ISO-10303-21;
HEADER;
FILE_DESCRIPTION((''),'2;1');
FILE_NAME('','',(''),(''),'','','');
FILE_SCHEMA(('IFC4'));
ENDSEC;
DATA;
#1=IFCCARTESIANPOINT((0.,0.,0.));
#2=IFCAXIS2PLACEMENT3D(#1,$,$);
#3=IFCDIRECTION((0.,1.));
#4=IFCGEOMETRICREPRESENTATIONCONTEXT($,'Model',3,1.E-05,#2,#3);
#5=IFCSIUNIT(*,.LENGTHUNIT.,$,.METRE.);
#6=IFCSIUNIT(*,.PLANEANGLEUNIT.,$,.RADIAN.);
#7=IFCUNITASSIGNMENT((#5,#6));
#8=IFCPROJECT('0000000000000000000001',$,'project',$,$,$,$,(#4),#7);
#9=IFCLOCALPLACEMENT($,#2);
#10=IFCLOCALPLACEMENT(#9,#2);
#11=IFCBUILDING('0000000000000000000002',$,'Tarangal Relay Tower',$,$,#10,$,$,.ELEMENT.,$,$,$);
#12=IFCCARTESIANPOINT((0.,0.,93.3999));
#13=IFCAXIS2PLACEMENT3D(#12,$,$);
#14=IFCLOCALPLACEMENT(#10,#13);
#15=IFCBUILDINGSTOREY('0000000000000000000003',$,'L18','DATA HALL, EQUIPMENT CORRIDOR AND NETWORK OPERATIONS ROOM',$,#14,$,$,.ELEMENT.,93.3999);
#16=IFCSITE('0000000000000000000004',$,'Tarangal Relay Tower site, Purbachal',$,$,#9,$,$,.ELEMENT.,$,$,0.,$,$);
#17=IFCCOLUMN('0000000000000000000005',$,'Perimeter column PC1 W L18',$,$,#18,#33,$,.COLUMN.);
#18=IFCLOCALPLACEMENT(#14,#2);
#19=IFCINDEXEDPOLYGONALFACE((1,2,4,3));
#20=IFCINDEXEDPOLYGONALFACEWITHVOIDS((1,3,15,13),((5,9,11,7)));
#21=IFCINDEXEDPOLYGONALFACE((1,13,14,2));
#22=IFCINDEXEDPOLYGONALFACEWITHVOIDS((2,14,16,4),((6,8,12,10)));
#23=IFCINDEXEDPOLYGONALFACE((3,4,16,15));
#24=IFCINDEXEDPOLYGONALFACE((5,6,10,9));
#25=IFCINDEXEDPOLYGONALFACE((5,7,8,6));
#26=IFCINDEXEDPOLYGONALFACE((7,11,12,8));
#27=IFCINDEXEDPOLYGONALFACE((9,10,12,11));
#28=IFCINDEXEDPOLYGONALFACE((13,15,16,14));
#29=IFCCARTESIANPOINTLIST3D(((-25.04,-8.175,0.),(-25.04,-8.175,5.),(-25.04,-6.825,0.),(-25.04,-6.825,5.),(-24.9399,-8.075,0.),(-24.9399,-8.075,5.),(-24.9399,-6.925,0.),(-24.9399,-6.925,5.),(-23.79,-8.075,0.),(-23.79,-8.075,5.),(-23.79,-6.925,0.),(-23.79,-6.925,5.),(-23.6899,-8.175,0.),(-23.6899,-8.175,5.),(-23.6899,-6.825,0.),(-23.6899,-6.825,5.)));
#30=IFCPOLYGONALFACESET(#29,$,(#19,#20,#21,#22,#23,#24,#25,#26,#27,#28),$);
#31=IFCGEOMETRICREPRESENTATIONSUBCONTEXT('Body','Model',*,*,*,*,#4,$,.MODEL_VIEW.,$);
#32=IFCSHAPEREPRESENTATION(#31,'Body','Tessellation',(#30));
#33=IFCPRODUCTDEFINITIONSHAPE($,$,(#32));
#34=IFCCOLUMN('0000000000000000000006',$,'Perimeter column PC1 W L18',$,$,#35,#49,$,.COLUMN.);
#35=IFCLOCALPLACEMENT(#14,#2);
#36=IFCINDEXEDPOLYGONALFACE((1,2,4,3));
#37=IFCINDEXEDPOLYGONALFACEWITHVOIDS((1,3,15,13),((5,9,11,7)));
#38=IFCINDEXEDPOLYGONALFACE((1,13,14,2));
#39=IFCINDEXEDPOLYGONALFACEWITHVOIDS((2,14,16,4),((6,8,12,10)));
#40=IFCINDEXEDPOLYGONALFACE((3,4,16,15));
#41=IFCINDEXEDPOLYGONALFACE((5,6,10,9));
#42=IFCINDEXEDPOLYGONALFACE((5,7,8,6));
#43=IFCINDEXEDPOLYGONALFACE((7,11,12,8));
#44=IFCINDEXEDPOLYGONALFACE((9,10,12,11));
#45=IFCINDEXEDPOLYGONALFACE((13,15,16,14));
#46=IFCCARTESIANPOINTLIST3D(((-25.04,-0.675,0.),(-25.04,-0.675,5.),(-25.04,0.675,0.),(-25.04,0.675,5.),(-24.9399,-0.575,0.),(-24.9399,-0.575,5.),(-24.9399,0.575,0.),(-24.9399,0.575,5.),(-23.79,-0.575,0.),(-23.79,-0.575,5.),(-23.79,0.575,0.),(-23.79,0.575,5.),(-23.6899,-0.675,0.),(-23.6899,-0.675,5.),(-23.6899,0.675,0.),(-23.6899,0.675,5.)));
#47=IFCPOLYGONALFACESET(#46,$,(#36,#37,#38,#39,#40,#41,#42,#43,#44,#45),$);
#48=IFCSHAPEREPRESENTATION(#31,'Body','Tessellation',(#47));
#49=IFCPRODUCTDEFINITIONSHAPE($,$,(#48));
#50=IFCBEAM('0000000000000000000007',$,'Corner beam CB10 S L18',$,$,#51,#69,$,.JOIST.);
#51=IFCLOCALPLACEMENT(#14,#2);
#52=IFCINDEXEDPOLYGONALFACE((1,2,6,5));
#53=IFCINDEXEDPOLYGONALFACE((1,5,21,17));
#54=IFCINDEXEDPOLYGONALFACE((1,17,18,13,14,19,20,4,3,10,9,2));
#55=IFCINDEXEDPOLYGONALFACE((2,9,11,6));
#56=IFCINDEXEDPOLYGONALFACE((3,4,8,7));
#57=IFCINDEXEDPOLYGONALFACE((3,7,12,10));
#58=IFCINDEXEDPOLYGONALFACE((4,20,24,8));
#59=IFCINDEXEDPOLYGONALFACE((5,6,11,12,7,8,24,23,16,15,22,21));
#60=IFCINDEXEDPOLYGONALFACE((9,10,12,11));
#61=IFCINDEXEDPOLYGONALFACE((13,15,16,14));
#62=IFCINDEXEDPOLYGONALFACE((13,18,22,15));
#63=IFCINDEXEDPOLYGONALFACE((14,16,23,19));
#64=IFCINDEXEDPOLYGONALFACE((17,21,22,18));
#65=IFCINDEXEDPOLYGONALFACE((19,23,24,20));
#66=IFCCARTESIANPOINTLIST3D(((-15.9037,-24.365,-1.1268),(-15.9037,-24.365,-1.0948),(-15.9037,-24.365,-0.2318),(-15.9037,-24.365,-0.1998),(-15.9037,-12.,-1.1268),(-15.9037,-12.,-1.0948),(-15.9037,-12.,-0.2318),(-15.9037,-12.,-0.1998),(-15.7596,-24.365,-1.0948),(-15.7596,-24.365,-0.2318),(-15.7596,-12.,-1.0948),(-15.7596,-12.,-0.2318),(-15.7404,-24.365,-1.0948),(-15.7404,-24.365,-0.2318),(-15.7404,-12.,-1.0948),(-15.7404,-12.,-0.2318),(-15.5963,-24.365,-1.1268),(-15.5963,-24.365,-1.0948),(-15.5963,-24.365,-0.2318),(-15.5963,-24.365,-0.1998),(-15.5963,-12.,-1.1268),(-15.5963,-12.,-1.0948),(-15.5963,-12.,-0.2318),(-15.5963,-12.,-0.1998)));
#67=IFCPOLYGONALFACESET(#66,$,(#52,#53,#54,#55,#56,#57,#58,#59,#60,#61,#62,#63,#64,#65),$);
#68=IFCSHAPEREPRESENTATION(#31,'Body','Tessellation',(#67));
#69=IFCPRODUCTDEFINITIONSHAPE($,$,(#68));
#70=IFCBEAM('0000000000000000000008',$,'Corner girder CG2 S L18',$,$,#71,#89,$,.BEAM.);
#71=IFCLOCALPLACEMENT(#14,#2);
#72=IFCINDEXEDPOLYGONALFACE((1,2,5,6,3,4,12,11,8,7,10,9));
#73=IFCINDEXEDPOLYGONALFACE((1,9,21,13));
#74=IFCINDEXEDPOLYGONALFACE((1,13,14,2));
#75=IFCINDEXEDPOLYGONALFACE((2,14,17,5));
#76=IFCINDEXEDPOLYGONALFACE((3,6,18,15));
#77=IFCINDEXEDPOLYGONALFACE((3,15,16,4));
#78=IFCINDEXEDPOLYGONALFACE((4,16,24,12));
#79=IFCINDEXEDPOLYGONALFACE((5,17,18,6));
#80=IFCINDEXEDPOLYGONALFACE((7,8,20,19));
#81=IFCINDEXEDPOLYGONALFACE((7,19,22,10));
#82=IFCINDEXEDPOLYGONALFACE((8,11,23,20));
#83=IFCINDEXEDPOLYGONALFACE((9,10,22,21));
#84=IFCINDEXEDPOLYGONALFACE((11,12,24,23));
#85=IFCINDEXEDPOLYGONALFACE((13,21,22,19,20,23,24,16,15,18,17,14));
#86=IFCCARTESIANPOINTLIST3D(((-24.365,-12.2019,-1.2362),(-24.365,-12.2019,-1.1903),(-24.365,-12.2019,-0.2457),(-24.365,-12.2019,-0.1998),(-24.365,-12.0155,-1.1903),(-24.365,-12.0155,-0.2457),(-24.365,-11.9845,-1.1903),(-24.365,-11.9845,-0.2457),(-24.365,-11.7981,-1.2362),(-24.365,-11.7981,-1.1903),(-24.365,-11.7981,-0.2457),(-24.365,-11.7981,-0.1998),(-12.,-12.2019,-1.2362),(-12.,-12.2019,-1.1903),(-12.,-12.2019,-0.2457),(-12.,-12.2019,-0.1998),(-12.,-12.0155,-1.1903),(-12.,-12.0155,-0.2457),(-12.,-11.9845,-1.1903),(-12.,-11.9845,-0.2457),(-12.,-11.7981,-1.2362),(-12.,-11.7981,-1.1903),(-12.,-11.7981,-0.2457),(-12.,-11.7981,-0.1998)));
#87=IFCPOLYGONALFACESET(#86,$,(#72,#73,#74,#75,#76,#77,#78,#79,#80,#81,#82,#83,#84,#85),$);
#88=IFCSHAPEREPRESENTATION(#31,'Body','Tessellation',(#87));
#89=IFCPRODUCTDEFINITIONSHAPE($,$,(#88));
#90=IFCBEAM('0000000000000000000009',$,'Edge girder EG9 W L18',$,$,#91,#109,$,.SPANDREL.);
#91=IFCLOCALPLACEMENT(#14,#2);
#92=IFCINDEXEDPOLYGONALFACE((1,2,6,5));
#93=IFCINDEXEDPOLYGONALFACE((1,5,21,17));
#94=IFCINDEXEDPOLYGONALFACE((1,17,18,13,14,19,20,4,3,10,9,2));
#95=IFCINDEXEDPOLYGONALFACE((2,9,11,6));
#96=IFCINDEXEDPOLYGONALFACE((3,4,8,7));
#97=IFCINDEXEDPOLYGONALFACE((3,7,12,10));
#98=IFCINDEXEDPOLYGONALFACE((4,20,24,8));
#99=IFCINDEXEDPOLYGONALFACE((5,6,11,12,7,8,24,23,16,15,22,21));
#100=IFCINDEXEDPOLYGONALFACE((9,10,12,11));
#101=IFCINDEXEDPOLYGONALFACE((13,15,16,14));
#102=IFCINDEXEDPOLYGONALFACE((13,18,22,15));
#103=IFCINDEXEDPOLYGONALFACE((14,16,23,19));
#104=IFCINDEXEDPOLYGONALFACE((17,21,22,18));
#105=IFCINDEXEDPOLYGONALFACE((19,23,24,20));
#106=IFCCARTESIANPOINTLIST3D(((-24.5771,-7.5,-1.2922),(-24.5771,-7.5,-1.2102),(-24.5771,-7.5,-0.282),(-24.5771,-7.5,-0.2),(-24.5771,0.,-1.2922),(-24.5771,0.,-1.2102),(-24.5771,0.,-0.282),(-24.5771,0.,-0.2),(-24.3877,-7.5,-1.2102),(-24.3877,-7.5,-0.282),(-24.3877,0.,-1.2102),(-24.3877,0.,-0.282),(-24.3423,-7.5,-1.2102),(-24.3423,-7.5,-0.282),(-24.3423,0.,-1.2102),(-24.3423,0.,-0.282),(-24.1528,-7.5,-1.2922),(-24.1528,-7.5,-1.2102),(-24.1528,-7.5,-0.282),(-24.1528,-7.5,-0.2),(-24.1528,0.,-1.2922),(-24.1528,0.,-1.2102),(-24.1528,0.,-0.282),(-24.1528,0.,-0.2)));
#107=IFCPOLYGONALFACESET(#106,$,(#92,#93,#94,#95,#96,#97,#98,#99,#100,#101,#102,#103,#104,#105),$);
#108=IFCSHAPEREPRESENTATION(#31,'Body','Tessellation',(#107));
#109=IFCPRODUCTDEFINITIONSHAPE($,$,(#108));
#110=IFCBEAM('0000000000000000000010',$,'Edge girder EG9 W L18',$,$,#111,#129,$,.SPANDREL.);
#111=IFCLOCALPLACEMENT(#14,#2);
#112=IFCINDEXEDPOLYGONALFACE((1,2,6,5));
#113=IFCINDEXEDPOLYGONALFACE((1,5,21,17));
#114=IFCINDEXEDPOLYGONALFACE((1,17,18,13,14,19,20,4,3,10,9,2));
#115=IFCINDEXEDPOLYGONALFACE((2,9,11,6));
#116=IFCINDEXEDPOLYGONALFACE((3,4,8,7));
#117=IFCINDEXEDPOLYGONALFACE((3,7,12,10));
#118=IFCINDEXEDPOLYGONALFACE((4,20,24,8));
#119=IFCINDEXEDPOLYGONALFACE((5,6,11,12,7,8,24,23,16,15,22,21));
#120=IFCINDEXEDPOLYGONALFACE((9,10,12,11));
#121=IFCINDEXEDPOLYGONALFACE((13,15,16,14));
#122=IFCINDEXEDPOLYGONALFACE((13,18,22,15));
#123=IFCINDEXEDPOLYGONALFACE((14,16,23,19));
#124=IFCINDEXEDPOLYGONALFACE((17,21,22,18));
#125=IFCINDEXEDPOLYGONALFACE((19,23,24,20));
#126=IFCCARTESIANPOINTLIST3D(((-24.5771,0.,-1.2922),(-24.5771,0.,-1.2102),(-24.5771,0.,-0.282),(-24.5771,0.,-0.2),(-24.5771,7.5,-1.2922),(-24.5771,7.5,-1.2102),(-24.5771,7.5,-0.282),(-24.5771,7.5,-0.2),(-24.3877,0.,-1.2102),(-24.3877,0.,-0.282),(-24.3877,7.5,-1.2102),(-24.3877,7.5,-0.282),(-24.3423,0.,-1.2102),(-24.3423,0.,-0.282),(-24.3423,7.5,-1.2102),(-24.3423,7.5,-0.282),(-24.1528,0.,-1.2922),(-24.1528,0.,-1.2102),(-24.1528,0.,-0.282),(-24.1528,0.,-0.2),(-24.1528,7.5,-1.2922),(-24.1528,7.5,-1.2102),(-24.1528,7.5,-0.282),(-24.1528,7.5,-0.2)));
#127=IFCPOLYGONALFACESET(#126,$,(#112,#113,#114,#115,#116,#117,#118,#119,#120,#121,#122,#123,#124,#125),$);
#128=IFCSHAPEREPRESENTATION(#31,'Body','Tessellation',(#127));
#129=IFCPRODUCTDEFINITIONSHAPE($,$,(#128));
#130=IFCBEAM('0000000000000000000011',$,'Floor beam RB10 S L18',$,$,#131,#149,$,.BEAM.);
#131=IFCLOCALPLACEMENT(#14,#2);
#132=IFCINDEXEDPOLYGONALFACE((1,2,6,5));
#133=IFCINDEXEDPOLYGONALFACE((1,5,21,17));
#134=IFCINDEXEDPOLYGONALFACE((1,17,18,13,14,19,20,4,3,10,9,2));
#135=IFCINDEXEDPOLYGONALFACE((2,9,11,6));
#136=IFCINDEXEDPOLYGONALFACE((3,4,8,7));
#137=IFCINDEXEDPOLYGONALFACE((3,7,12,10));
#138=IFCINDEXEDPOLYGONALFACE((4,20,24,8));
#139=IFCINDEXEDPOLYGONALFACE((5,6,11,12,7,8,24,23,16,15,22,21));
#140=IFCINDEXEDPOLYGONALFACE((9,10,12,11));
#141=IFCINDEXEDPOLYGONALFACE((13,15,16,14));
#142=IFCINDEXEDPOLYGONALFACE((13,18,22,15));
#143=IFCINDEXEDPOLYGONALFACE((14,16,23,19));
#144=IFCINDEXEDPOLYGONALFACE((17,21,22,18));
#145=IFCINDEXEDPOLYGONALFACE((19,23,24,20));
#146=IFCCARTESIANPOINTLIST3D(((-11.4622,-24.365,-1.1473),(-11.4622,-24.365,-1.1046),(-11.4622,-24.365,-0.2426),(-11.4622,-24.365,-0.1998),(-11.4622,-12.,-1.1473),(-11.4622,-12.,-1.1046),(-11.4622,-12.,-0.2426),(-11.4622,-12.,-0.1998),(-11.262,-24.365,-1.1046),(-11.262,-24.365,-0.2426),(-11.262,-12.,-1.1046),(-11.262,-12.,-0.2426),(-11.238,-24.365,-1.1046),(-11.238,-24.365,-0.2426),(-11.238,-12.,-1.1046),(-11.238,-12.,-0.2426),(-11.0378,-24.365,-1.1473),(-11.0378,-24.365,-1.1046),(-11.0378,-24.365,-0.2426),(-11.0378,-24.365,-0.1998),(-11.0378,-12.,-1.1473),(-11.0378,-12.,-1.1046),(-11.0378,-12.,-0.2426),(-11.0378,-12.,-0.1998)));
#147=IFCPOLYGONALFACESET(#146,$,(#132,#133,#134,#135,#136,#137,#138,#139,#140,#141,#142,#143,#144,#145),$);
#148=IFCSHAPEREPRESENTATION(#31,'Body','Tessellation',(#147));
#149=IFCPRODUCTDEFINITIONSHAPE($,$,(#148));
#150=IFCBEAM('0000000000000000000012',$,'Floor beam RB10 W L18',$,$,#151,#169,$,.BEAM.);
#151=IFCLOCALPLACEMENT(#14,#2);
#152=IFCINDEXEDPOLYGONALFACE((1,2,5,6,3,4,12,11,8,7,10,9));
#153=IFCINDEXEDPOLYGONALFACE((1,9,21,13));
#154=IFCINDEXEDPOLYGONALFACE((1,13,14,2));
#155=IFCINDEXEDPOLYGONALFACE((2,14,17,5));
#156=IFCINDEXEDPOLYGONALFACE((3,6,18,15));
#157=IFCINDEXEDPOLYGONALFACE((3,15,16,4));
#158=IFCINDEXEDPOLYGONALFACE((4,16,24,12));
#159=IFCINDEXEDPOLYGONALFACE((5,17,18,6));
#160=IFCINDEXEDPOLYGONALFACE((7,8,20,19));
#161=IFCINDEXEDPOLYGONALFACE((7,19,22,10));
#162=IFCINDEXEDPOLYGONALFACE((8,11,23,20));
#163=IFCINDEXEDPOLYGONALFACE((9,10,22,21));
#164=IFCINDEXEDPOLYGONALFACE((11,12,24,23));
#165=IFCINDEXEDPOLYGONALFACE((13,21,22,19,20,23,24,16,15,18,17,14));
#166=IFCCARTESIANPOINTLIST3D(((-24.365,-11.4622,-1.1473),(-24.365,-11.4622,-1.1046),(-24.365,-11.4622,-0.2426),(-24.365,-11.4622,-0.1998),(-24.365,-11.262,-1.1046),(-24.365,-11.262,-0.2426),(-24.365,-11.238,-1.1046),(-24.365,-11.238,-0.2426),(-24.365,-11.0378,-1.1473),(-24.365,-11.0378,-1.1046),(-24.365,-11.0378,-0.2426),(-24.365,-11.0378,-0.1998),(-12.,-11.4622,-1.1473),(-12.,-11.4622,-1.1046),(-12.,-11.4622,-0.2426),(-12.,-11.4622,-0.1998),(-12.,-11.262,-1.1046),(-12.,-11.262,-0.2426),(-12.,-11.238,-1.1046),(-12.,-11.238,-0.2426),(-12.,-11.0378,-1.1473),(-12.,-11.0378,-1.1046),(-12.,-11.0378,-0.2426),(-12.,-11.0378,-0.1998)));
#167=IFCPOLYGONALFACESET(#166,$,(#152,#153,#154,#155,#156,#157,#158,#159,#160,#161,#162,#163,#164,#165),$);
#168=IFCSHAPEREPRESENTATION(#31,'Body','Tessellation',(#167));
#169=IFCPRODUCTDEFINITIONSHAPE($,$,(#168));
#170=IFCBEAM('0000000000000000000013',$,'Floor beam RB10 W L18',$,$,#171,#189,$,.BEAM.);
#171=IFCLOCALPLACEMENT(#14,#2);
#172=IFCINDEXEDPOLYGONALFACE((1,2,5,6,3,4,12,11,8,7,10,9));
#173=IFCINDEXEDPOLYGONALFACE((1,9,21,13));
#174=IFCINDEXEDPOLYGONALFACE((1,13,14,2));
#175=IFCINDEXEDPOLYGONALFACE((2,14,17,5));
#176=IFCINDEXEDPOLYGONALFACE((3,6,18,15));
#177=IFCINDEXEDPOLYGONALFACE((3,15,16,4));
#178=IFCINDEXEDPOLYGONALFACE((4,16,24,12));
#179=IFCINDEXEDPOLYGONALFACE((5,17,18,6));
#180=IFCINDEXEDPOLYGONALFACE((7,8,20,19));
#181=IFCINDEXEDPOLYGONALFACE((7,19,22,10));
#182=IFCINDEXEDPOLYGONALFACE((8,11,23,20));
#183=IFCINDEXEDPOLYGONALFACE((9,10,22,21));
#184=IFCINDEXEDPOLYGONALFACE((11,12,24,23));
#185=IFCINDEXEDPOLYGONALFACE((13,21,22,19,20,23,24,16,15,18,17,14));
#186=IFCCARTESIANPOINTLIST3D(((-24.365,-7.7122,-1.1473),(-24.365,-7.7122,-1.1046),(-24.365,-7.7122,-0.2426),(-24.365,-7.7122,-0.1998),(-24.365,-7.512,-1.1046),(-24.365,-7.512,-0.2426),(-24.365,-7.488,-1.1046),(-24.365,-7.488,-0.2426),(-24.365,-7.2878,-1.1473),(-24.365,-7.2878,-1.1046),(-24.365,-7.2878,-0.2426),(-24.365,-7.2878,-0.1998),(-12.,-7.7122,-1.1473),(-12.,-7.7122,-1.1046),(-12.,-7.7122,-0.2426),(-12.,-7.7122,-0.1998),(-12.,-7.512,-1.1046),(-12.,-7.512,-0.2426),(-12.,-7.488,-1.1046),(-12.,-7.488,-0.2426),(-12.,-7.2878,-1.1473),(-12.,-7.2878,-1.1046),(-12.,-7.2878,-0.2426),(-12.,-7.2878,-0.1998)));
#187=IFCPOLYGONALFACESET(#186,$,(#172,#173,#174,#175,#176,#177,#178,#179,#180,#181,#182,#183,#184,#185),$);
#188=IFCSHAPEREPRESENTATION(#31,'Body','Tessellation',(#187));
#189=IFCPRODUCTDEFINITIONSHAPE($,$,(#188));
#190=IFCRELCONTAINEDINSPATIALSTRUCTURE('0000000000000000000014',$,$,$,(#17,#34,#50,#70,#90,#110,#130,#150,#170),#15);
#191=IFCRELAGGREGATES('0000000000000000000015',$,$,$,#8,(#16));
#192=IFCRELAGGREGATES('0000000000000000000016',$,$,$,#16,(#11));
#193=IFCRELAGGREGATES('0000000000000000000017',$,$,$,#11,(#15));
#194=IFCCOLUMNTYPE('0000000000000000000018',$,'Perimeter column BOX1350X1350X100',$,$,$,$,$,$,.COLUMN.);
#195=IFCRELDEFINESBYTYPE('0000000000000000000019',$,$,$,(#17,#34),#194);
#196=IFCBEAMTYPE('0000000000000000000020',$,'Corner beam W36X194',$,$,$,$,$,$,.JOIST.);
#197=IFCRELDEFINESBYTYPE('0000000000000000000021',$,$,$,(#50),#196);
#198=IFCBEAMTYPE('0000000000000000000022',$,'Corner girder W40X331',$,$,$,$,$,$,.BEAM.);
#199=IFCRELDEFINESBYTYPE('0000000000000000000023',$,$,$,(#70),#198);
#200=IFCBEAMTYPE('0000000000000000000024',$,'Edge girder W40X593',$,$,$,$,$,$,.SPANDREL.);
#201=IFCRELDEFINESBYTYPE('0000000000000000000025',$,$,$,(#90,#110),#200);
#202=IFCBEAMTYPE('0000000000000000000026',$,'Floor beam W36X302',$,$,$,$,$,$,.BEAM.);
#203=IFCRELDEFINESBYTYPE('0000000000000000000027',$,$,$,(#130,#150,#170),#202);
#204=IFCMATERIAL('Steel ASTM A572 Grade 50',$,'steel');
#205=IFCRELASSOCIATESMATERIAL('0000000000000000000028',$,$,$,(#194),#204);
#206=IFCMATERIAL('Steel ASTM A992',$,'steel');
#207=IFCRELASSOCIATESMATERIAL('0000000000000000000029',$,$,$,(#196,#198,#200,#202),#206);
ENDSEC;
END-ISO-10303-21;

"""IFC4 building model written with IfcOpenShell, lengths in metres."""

from ifc_helpers import new_model, si_unit, direction, frame, origin, origin_2d, place, context, subcontext, project, spatial, hollow_rectangle, i_section, extrude, material, material_profile, profile_set, type_object, element, save


model = new_model("IFC4")

# Units and contexts
model_context = context("Model", 3, precision=1e-05, world=origin(), true_north=direction((0.0, 1.0)))
body_context = subcontext(model_context, "Body", "Model", "MODEL_VIEW")
ifc_project = project(units=[si_unit("LENGTHUNIT", "METRE"), si_unit("PLANEANGLEUNIT", "RADIAN")], contexts=[model_context])

# Site, building, storey
site_placement = place(None, origin())
site = spatial("IfcSite", under=ifc_project, at=site_placement, Name="Tarangal Relay Tower site, Purbachal", CompositionType="ELEMENT", RefElevation=0.0)
building_placement = place(site_placement, origin())
building = spatial("IfcBuilding", under=site, at=building_placement, Name="Tarangal Relay Tower", CompositionType="ELEMENT")
storey_placement = place(building_placement, frame((0.0, 0.0, 93.3999)))
storey = spatial("IfcBuildingStorey", under=building, at=storey_placement, Name="L18", Description="DATA HALL, EQUIPMENT CORRIDOR AND NETWORK OPERATIONS ROOM", CompositionType="ELEMENT", Elevation=93.3999)

# Columns
ifc_material_1 = material(Name="Steel ASTM A572 Grade 50", Category="steel")
ifc_material_profile_1 = material_profile(ifc_material_1, hollow_rectangle(XDim=1.3501, YDim=1.3501, WallThickness=0.1001, at=origin_2d()), Name="BOX1350X1350X100")
ifc_profile_set_1 = profile_set([ifc_material_profile_1], Name="Steel ASTM A572 Grade 50")
column_type = type_object("IfcColumnType", Name="Perimeter column BOX1350X1350X100", PredefinedType="COLUMN", material=ifc_profile_set_1)
for number, where, z_axis, x_axis, name in (
    (1, (-24.365, -7.5, 0.0), (0.0, 0.0, 1.0), (1.0, 0.0, 0.0), "Perimeter column PC1 W L18"),
    (2, (-24.365, 0.0, 0.0), (0.0, 0.0, 1.0), (1.0, 0.0, 0.0), "Perimeter column PC1 W L18"),
):
    element("IfcColumn", number, at=place(storey_placement, frame(where, z_axis=z_axis, x_axis=x_axis)), inside=storey, type_object=column_type, Name=name, PredefinedType="COLUMN", context=body_context, shape_type="SweptSolid", body=[
        extrude(hollow_rectangle(XDim=1.3501, YDim=1.3501, WallThickness=0.1001, at=origin_2d()), origin(), (0.0, 0.0, 1.0), 5.0),
    ])

# Beams
ifc_material_2 = material(Name="Steel ASTM A992", Category="steel")
ifc_material_profile_2 = material_profile(ifc_material_2, i_section(OverallWidth=0.3074, OverallDepth=0.927, WebThickness=0.0193, FlangeThickness=0.032, at=origin_2d()), Name="W36X194")
ifc_profile_set_2 = profile_set([ifc_material_profile_2], Name="Steel ASTM A992")
beam_type_1 = type_object("IfcBeamType", Name="Corner beam W36X194", PredefinedType="JOIST", material=ifc_profile_set_2)
beam_1_placement = place(storey_placement, frame((-15.75, -12.0, -0.6633), z_axis=(0.0, -1.0, 0.0), x_axis=(1.0, 0.0, 0.0)))
element("IfcBeam", 3, at=beam_1_placement, inside=storey, type_object=beam_type_1, Name="Corner beam CB10 S L18", PredefinedType="JOIST", context=body_context, shape_type="SweptSolid", body=[
    extrude(i_section(OverallWidth=0.3074, OverallDepth=0.927, WebThickness=0.0193, FlangeThickness=0.032, at=origin_2d()), origin(), (0.0, 0.0, 1.0), 12.365),
])
ifc_material_profile_3 = material_profile(ifc_material_2, i_section(OverallWidth=0.4038, OverallDepth=1.0364, WebThickness=0.031, FlangeThickness=0.0459, at=origin_2d()), Name="W40X331")
ifc_profile_set_3 = profile_set([ifc_material_profile_3], Name="Steel ASTM A992")
beam_type_2 = type_object("IfcBeamType", Name="Corner girder W40X331", PredefinedType="BEAM", material=ifc_profile_set_3)
beam_2_placement = place(storey_placement, frame((-12.0, -12.0, -0.718), z_axis=(-1.0, 0.0, 0.0), x_axis=(0.0, -1.0, 0.0)))
element("IfcBeam", 4, at=beam_2_placement, inside=storey, type_object=beam_type_2, Name="Corner girder CG2 S L18", PredefinedType="BEAM", context=body_context, shape_type="SweptSolid", body=[
    extrude(i_section(OverallWidth=0.4038, OverallDepth=1.0364, WebThickness=0.031, FlangeThickness=0.0459, at=origin_2d()), origin(), (0.0, 0.0, 1.0), 12.365),
])
ifc_material_profile_4 = material_profile(ifc_material_2, i_section(OverallWidth=0.4243, OverallDepth=1.0923, WebThickness=0.0454, FlangeThickness=0.082, at=origin_2d()), Name="W40X593")
ifc_profile_set_4 = profile_set([ifc_material_profile_4], Name="Steel ASTM A992")
beam_type_3 = type_object("IfcBeamType", Name="Edge girder W40X593", PredefinedType="SPANDREL", material=ifc_profile_set_4)
for number, where, z_axis, x_axis, name in (
    (5, (-24.365, -7.5, -0.7461), (0.0, 1.0, 0.0), (-1.0, 0.0, 0.0), "Edge girder EG9 W L18"),
    (6, (-24.365, 0.0, -0.7461), (0.0, 1.0, 0.0), (-1.0, 0.0, 0.0), "Edge girder EG9 W L18"),
):
    element("IfcBeam", number, at=place(storey_placement, frame(where, z_axis=z_axis, x_axis=x_axis)), inside=storey, type_object=beam_type_3, Name=name, PredefinedType="SPANDREL", context=body_context, shape_type="SweptSolid", body=[
        extrude(i_section(OverallWidth=0.4243, OverallDepth=1.0923, WebThickness=0.0454, FlangeThickness=0.082, at=origin_2d()), origin(), (0.0, 0.0, 1.0), 7.5),
    ])
ifc_material_profile_5 = material_profile(ifc_material_2, i_section(OverallWidth=0.4243, OverallDepth=0.9475, WebThickness=0.0239, FlangeThickness=0.0427, at=origin_2d()), Name="W36X302")
ifc_profile_set_5 = profile_set([ifc_material_profile_5], Name="Steel ASTM A992")
beam_type_4 = type_object("IfcBeamType", Name="Floor beam W36X302", PredefinedType="BEAM", material=ifc_profile_set_5)
for number, where, z_axis, x_axis, name in (
    (7, (-11.25, -12.0, -0.6736), (0.0, -1.0, 0.0), (1.0, 0.0, 0.0), "Floor beam RB10 S L18"),
    (8, (-12.0, -11.25, -0.6736), (-1.0, 0.0, 0.0), (0.0, -1.0, 0.0), "Floor beam RB10 W L18"),
    (9, (-12.0, -7.5, -0.6736), (-1.0, 0.0, 0.0), (0.0, -1.0, 0.0), "Floor beam RB10 W L18"),
):
    element("IfcBeam", number, at=place(storey_placement, frame(where, z_axis=z_axis, x_axis=x_axis)), inside=storey, type_object=beam_type_4, Name=name, PredefinedType="BEAM", context=body_context, shape_type="SweptSolid", body=[
        extrude(i_section(OverallWidth=0.4243, OverallDepth=0.9475, WebThickness=0.0239, FlangeThickness=0.0427, at=origin_2d()), origin(), (0.0, 0.0, 1.0), 12.365),
    ])

save(model, "model.ifc")
